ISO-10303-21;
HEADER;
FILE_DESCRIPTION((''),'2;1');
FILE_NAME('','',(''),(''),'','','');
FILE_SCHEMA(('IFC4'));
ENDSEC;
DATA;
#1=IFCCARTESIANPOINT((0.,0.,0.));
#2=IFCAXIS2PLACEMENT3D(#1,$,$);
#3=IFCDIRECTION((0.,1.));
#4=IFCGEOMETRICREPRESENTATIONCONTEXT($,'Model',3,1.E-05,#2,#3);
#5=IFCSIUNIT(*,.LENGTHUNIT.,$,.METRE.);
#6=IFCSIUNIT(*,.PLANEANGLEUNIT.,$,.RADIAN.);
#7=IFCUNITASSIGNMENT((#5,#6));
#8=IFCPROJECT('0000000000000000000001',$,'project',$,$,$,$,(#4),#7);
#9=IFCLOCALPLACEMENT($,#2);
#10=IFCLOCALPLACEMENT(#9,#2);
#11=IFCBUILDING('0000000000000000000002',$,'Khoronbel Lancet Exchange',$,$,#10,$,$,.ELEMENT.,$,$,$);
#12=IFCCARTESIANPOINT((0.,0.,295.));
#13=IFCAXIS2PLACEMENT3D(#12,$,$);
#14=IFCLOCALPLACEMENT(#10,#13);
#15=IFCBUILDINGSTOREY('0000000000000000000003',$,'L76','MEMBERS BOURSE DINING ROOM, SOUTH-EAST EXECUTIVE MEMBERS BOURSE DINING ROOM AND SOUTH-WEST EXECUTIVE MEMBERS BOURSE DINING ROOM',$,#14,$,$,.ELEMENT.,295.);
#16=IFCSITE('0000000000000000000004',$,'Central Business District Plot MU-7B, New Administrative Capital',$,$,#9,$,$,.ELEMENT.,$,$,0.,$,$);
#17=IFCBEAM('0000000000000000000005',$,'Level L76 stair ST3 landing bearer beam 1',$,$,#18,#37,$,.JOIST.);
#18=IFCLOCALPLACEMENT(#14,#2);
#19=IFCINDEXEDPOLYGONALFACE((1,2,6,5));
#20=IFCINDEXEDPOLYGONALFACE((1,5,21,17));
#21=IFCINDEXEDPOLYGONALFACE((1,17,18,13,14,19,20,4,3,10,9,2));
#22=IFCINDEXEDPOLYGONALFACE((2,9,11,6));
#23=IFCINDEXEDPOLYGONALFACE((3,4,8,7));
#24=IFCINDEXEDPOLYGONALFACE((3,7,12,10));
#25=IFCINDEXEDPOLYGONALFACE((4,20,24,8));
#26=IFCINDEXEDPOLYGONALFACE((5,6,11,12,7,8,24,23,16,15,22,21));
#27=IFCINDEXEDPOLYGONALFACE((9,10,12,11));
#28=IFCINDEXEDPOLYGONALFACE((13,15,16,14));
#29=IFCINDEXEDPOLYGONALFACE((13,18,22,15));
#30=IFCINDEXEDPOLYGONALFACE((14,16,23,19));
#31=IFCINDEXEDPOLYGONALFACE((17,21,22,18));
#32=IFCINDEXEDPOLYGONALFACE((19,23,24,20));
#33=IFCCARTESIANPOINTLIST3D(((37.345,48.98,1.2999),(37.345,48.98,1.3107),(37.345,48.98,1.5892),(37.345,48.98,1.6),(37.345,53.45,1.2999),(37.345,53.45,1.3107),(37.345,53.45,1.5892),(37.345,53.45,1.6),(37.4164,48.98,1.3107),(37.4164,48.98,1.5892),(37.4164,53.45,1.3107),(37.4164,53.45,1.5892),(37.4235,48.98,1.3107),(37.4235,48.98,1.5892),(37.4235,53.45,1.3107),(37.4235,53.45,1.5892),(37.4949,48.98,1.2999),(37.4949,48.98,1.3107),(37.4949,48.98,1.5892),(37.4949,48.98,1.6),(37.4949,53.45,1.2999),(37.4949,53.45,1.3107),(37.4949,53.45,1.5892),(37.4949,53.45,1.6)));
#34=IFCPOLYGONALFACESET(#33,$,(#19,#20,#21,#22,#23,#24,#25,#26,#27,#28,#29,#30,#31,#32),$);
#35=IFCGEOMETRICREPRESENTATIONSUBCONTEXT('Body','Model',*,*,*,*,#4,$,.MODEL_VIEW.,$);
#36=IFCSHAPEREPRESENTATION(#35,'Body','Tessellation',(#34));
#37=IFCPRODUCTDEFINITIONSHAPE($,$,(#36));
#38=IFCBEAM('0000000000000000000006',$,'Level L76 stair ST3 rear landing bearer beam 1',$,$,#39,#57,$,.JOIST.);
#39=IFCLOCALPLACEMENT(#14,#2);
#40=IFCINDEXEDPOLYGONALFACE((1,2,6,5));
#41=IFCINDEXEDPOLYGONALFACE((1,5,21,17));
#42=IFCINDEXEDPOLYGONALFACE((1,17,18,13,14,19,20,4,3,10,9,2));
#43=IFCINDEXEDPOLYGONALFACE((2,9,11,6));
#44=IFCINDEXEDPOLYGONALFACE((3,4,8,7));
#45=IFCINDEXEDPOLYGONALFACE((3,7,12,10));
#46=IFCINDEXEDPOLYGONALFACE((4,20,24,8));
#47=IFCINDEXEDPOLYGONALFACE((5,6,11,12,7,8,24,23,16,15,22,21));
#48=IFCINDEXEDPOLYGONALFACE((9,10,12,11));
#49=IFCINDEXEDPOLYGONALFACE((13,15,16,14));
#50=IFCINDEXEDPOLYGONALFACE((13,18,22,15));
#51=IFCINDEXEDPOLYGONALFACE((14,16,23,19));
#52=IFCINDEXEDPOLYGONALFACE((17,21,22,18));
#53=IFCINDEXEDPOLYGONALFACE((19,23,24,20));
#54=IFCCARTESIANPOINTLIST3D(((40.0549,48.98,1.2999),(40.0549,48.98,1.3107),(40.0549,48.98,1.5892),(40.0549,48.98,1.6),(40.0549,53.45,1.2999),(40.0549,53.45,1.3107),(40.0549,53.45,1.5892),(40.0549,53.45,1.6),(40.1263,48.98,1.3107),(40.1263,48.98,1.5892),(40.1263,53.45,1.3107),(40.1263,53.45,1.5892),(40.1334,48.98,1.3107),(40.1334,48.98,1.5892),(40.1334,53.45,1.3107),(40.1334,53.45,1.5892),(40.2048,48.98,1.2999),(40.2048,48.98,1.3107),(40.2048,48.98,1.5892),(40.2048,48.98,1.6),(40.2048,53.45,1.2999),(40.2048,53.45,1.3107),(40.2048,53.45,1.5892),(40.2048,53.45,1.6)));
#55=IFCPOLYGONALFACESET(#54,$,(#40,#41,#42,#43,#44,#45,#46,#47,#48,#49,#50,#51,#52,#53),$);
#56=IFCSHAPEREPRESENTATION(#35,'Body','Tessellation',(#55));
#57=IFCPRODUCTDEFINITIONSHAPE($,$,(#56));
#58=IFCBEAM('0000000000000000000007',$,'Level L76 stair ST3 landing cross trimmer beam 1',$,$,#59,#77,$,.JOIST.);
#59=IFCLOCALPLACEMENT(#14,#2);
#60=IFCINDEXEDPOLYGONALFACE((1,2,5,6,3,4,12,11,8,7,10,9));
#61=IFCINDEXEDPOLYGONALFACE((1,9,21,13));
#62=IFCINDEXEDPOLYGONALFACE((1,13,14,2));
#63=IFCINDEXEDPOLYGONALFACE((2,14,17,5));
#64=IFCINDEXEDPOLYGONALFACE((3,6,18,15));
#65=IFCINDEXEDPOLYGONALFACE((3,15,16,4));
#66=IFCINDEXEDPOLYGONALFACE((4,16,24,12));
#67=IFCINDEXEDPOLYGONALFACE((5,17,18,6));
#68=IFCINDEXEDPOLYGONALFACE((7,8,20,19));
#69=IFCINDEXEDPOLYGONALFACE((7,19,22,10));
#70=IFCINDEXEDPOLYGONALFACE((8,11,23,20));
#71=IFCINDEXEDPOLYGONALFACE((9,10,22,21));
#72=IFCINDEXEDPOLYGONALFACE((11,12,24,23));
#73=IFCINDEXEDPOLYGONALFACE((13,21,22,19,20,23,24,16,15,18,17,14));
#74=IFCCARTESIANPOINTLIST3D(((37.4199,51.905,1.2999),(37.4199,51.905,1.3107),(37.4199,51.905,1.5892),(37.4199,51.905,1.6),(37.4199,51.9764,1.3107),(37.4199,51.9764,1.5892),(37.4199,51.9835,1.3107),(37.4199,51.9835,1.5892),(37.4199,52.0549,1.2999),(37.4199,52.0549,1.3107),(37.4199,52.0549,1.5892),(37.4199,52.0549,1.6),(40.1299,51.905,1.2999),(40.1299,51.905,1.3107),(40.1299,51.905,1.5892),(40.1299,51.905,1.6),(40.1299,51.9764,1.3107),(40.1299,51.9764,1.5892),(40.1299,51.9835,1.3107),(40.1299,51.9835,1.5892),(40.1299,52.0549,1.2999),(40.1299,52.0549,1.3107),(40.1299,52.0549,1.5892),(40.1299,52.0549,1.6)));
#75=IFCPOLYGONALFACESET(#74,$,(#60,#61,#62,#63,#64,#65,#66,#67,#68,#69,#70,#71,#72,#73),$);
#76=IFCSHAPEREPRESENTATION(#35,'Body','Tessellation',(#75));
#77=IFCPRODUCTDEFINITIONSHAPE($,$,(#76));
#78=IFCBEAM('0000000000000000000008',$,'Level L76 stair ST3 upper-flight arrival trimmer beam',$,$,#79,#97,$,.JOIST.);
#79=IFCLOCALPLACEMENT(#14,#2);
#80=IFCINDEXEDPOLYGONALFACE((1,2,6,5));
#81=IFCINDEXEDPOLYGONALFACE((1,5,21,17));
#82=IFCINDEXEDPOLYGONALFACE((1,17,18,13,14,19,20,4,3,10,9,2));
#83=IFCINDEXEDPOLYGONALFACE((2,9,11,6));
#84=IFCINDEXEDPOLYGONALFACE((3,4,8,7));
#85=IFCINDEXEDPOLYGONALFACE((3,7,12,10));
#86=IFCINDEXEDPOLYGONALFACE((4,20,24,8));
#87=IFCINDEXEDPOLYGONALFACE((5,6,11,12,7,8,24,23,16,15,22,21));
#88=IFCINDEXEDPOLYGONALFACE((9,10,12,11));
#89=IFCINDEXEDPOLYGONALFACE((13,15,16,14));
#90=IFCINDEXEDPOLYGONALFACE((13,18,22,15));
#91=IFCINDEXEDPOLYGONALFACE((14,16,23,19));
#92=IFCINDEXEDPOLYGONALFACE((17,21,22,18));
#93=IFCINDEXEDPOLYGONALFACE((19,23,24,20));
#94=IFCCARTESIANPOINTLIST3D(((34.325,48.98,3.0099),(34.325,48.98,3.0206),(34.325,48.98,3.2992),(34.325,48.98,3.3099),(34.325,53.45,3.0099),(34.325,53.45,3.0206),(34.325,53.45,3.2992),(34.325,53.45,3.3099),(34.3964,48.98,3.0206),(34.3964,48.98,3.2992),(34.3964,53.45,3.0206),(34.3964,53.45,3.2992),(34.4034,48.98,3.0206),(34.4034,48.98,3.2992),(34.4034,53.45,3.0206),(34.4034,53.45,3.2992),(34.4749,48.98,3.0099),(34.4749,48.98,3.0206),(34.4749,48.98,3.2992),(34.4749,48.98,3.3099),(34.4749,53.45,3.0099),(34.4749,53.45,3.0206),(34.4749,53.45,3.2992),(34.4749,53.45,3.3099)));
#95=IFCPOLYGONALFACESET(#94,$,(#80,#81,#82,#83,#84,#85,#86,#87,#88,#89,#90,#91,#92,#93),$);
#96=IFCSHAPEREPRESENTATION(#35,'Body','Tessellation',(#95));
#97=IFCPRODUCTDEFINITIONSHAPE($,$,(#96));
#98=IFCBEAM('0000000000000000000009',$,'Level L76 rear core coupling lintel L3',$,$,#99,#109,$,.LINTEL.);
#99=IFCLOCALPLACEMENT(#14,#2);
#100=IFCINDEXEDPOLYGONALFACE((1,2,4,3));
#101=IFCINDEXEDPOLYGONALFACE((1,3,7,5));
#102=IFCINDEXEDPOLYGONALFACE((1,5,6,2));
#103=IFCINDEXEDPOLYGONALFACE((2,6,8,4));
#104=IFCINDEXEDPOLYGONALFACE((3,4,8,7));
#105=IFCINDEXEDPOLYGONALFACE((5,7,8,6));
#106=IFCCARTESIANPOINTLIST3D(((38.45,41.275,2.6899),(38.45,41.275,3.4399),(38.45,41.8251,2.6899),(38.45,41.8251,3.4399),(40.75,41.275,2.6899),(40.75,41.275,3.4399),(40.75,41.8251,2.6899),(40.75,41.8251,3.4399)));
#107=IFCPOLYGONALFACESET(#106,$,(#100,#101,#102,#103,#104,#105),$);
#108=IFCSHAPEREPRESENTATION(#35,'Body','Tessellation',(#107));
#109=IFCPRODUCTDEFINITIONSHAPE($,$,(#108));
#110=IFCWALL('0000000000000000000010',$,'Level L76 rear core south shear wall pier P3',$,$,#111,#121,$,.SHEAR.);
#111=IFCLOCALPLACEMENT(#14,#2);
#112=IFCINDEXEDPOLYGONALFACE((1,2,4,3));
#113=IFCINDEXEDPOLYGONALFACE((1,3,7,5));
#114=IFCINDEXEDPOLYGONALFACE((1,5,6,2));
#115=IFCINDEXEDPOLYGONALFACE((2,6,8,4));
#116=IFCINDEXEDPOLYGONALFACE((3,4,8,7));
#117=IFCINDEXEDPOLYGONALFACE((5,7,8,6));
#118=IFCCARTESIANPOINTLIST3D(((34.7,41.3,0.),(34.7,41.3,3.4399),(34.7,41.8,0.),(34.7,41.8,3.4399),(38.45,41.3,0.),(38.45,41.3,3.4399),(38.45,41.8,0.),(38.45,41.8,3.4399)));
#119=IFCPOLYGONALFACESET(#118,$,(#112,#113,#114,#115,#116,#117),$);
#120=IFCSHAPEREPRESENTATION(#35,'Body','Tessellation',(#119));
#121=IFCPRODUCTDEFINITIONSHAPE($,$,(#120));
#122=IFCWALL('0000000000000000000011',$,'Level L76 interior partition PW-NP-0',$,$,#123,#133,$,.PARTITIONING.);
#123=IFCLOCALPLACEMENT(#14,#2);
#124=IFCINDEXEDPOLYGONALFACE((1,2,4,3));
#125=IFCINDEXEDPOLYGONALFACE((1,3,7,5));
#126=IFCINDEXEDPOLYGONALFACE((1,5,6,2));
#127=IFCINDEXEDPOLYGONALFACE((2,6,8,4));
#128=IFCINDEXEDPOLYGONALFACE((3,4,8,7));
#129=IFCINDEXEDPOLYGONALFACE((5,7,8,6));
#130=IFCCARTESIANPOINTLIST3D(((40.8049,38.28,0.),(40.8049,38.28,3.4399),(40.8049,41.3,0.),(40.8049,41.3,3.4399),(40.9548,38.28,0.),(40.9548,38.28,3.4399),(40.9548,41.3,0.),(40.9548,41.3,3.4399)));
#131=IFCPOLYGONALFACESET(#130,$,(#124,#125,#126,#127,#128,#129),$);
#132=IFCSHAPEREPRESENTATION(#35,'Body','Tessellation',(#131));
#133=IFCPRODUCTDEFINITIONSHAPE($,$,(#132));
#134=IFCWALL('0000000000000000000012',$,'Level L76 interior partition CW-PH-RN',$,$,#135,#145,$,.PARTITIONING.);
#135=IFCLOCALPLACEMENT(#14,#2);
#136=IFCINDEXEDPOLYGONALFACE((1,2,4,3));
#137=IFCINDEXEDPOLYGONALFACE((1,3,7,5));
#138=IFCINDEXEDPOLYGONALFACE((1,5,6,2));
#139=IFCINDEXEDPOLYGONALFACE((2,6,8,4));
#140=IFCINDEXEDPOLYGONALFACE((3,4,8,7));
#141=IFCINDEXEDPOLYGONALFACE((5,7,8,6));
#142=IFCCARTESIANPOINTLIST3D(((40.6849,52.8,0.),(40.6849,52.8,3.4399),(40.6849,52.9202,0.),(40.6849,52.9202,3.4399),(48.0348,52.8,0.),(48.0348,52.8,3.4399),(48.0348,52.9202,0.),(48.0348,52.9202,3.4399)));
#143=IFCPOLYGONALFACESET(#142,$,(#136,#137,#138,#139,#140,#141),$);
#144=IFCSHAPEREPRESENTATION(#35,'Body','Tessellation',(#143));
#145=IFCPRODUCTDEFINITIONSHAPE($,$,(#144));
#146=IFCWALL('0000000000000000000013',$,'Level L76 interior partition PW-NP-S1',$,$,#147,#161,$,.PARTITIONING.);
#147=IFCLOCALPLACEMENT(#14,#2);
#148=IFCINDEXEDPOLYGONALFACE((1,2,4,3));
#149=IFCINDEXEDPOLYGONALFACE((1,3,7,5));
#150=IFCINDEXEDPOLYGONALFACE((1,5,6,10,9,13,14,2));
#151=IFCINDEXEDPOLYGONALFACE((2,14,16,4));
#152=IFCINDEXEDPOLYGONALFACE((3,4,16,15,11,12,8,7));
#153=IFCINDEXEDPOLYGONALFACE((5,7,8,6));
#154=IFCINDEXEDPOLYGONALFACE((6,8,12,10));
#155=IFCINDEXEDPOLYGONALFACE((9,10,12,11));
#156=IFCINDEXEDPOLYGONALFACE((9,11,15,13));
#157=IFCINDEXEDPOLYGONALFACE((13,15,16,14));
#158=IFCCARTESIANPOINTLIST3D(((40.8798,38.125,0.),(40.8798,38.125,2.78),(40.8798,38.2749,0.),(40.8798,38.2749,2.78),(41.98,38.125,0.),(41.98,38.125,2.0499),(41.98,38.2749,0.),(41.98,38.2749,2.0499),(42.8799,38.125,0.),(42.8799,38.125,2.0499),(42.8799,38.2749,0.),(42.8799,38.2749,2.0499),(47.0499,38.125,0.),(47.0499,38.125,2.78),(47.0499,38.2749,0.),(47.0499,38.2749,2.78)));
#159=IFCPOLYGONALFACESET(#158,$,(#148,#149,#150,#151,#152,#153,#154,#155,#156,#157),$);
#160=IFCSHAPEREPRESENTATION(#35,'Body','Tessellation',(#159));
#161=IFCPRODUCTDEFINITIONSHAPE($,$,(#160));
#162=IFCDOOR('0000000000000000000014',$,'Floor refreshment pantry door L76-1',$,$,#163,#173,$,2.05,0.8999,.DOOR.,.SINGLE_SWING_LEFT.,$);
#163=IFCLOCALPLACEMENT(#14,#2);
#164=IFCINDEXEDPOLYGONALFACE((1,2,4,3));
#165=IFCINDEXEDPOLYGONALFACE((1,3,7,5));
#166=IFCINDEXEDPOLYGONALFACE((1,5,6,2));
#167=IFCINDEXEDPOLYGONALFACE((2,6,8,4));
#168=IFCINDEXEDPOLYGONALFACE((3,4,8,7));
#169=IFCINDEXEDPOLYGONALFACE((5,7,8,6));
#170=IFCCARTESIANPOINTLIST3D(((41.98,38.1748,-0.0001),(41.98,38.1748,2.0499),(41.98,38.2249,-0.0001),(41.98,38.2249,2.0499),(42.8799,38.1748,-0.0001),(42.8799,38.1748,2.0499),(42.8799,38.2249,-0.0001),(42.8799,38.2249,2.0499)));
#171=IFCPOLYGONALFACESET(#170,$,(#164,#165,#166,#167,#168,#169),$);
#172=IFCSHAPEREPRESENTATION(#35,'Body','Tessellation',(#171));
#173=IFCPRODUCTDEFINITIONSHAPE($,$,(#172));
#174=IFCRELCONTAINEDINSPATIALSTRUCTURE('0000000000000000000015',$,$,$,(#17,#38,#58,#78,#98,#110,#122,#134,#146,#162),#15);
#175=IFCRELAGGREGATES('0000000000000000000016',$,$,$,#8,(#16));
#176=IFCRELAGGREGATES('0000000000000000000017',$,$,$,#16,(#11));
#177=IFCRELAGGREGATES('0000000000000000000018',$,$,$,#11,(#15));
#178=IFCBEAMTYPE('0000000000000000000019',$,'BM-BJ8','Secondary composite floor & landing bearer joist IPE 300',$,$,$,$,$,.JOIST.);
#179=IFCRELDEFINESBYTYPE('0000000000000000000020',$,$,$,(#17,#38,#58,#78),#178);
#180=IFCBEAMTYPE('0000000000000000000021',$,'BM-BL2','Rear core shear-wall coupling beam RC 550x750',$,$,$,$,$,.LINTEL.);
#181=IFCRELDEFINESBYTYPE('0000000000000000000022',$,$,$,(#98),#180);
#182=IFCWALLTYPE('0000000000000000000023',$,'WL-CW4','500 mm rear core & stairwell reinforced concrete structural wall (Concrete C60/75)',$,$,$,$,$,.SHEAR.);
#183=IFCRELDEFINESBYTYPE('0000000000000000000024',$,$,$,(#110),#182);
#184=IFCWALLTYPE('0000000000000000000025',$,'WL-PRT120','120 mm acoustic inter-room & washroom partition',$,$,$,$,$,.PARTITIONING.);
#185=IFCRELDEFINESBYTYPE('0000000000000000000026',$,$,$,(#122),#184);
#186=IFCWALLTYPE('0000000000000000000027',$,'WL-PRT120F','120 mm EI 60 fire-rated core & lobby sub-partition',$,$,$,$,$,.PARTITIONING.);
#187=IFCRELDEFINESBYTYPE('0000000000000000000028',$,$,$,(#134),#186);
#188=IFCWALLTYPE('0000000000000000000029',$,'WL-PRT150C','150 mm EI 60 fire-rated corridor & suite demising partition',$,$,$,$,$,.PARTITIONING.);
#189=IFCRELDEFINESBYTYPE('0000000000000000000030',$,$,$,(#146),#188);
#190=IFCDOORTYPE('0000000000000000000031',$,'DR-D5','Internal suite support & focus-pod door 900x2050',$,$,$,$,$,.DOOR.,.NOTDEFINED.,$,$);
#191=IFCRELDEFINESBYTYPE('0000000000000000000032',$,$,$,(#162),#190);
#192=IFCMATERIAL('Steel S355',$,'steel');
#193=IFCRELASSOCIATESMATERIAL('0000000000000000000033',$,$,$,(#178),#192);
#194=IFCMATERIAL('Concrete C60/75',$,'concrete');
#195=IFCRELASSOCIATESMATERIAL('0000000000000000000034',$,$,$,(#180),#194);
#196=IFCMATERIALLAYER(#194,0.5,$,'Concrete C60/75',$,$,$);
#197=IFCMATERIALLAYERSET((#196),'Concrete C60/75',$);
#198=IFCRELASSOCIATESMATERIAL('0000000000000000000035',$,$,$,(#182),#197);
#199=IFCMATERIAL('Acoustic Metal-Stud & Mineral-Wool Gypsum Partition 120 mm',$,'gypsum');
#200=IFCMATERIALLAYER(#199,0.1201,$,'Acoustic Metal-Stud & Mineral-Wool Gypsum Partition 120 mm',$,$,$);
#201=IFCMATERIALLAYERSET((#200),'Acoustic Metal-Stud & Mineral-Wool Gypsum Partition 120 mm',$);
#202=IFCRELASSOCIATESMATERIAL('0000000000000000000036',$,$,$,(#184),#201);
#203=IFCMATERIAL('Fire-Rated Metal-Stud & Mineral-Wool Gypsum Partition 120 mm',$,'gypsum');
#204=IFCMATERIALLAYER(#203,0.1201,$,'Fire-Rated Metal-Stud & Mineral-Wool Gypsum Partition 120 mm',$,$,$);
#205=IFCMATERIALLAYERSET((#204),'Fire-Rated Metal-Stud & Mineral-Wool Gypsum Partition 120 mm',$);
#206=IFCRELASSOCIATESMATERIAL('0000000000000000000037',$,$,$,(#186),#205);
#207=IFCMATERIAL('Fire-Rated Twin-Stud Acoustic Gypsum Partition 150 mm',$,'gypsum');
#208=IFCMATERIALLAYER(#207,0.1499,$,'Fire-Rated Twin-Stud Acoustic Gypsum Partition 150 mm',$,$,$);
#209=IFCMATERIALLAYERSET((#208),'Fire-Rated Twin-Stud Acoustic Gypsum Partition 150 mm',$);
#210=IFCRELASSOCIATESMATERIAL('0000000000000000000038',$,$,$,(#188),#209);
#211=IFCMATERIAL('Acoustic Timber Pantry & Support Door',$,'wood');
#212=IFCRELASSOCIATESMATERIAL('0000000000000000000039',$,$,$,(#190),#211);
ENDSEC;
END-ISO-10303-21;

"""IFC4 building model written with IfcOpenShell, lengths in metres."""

from ifc_helpers import new_model, si_unit, direction, frame, frame_2d, origin, origin_2d, place, context, subcontext, project, spatial, rectangle, i_section, extrude, material, layer, layer_set, material_profile, profile_set, type_object, element, fill, save


model = new_model("IFC4")

# Units and contexts
model_context = context("Model", 3, precision=1e-05, world=origin(), true_north=direction((0.0, 1.0)))
body_context = subcontext(model_context, "Body", "Model", "MODEL_VIEW")
ifc_project = project(units=[si_unit("LENGTHUNIT", "METRE"), si_unit("PLANEANGLEUNIT", "RADIAN")], contexts=[model_context])

# Site, building, storey
site_placement = place(None, origin())
site = spatial("IfcSite", under=ifc_project, at=site_placement, Name="Central Business District Plot MU-7B, New Administrative Capital", CompositionType="ELEMENT", RefElevation=0.0)
building_placement = place(site_placement, origin())
building = spatial("IfcBuilding", under=site, at=building_placement, Name="Khoronbel Lancet Exchange", CompositionType="ELEMENT")
storey_placement = place(building_placement, frame((0.0, 0.0, 295.0)))
storey = spatial("IfcBuildingStorey", under=building, at=storey_placement, Name="L76", Description="MEMBERS BOURSE DINING ROOM, SOUTH-EAST EXECUTIVE MEMBERS BOURSE DINING ROOM AND SOUTH-WEST EXECUTIVE MEMBERS BOURSE DINING ROOM", CompositionType="ELEMENT", Elevation=295.0)

# Beams
ifc_material_1 = material(Name="Steel S355", Category="steel")
ifc_material_profile_1 = material_profile(ifc_material_1, i_section(OverallWidth=0.1499, OverallDepth=0.3, WebThickness=0.0071, FlangeThickness=0.0107, at=origin_2d()), Name="IPE 300")
ifc_profile_set_1 = profile_set([ifc_material_profile_1], Name="Steel S355")
beam_type_1 = type_object("IfcBeamType", Name="BM-BJ8", Description="Secondary composite floor & landing bearer joist IPE 300", PredefinedType="JOIST", material=ifc_profile_set_1)
for number, where, z_axis, x_axis, name in (
    (1, (37.4199, 48.98, 1.45), (0.0, 1.0, 0.0), (-1.0, 0.0, 0.0), "Level L76 stair ST3 landing bearer beam 1"),
    (2, (40.1299, 48.98, 1.45), (0.0, 1.0, 0.0), (-1.0, 0.0, 0.0), "Level L76 stair ST3 rear landing bearer beam 1"),
):
    element("IfcBeam", number, at=place(storey_placement, frame(where, z_axis=z_axis, x_axis=x_axis)), inside=storey, type_object=beam_type_1, Name=name, PredefinedType="JOIST", context=body_context, shape_type="SweptSolid", body=[
        extrude(i_section(OverallWidth=0.1499, OverallDepth=0.3, WebThickness=0.0071, FlangeThickness=0.0107, at=origin_2d()), origin(), (0.0, 0.0, 1.0), 4.47),
    ])
beam_1_placement = place(storey_placement, frame((37.4199, 51.98, 1.45), z_axis=(1.0, 0.0, 0.0), x_axis=(0.0, 1.0, 0.0)))
element("IfcBeam", 3, at=beam_1_placement, inside=storey, type_object=beam_type_1, Name="Level L76 stair ST3 landing cross trimmer beam 1", PredefinedType="JOIST", context=body_context, shape_type="SweptSolid", body=[
    extrude(i_section(OverallWidth=0.1499, OverallDepth=0.3, WebThickness=0.0071, FlangeThickness=0.0107, at=origin_2d()), origin(), (0.0, 0.0, 1.0), 2.71),
])
beam_2_placement = place(storey_placement, frame((34.3999, 48.98, 3.1599), z_axis=(0.0, 1.0, 0.0), x_axis=(-1.0, 0.0, 0.0)))
element("IfcBeam", 4, at=beam_2_placement, inside=storey, type_object=beam_type_1, Name="Level L76 stair ST3 upper-flight arrival trimmer beam", PredefinedType="JOIST", context=body_context, shape_type="SweptSolid", body=[
    extrude(i_section(OverallWidth=0.1499, OverallDepth=0.3, WebThickness=0.0071, FlangeThickness=0.0107, at=origin_2d()), origin(), (0.0, 0.0, 1.0), 4.47),
])
ifc_material_2 = material(Name="Concrete C60/75", Category="concrete")
ifc_material_profile_2 = material_profile(ifc_material_2, rectangle(XDim=0.55, YDim=0.75, at=origin_2d()), Name="RC 550x750")
ifc_profile_set_2 = profile_set([ifc_material_profile_2], Name="Concrete C60/75")
beam_type_2 = type_object("IfcBeamType", Name="BM-BL2", Description="Rear core shear-wall coupling beam RC 550x750", PredefinedType="LINTEL", material=ifc_profile_set_2)
beam_3_placement = place(storey_placement, frame((38.45, 41.55, 3.0649), z_axis=(1.0, 0.0, 0.0), x_axis=(0.0, 1.0, 0.0)))
element("IfcBeam", 5, at=beam_3_placement, inside=storey, type_object=beam_type_2, Name="Level L76 rear core coupling lintel L3", PredefinedType="LINTEL", context=body_context, shape_type="SweptSolid", body=[
    extrude(rectangle(XDim=0.55, YDim=0.75, at=origin_2d()), origin(), (0.0, 0.0, 1.0), 2.3),
])

# Walls
ifc_layer_1 = layer(ifc_material_2, 0.5, Name="Concrete C60/75")
ifc_layer_set_1 = layer_set([ifc_layer_1], Name="Concrete C60/75")
wall_type_1 = type_object("IfcWallType", Name="WL-CW4", Description="500 mm rear core & stairwell reinforced concrete structural wall (Concrete C60/75)", PredefinedType="SHEAR", material=ifc_layer_set_1)
wall_1_placement = place(storey_placement, frame((38.45, 41.55, 0.0), z_axis=(0.0, 0.0, 1.0), x_axis=(-1.0, 0.0, 0.0)))
element("IfcWall", 6, at=wall_1_placement, inside=storey, type_object=wall_type_1, Name="Level L76 rear core south shear wall pier P3", PredefinedType="SHEAR", context=body_context, shape_type="SweptSolid", body=[
    extrude(rectangle(XDim=3.75, YDim=0.5, at=frame_2d((1.875, 0.0))), origin(), (0.0, 0.0, 1.0), 3.4399),
])
ifc_material_3 = material(Name="Acoustic Metal-Stud & Mineral-Wool Gypsum Partition 120 mm", Category="gypsum")
ifc_layer_2 = layer(ifc_material_3, 0.1201, Name="Acoustic Metal-Stud & Mineral-Wool Gypsum Partition 120 mm")
ifc_layer_set_2 = layer_set([ifc_layer_2], Name="Acoustic Metal-Stud & Mineral-Wool Gypsum Partition 120 mm")
wall_type_2 = type_object("IfcWallType", Name="WL-PRT120", Description="120 mm acoustic inter-room & washroom partition", PredefinedType="PARTITIONING", material=ifc_layer_set_2)
wall_2_placement = place(storey_placement, frame((40.8799, 38.28, 0.0), z_axis=(0.0, 0.0, 1.0), x_axis=(0.0, 1.0, 0.0)))
element("IfcWall", 7, at=wall_2_placement, inside=storey, type_object=wall_type_2, Name="Level L76 interior partition PW-NP-0", PredefinedType="PARTITIONING", context=body_context, shape_type="SweptSolid", body=[
    extrude(rectangle(XDim=3.02, YDim=0.1499, at=frame_2d((1.51, 0.0))), origin(), (0.0, 0.0, 1.0), 3.4399),
])
ifc_material_4 = material(Name="Fire-Rated Metal-Stud & Mineral-Wool Gypsum Partition 120 mm", Category="gypsum")
ifc_layer_3 = layer(ifc_material_4, 0.1201, Name="Fire-Rated Metal-Stud & Mineral-Wool Gypsum Partition 120 mm")
ifc_layer_set_3 = layer_set([ifc_layer_3], Name="Fire-Rated Metal-Stud & Mineral-Wool Gypsum Partition 120 mm")
wall_type_3 = type_object("IfcWallType", Name="WL-PRT120F", Description="120 mm EI 60 fire-rated core & lobby sub-partition", PredefinedType="PARTITIONING", material=ifc_layer_set_3)
wall_3_placement = place(storey_placement, frame((40.6851, 52.8601, 0.0), z_axis=(0.0, 0.0, 1.0), x_axis=(1.0, 0.0, 0.0)))
element("IfcWall", 8, at=wall_3_placement, inside=storey, type_object=wall_type_3, Name="Level L76 interior partition CW-PH-RN", PredefinedType="PARTITIONING", context=body_context, shape_type="SweptSolid", body=[
    extrude(rectangle(XDim=7.3499, YDim=0.1201, at=frame_2d((3.6748, 0.0))), origin(), (0.0, 0.0, 1.0), 3.4399),
])

# Wall, opening, door
ifc_material_5 = material(Name="Fire-Rated Twin-Stud Acoustic Gypsum Partition 150 mm", Category="gypsum")
ifc_layer_4 = layer(ifc_material_5, 0.1499, Name="Fire-Rated Twin-Stud Acoustic Gypsum Partition 150 mm")
ifc_layer_set_4 = layer_set([ifc_layer_4], Name="Fire-Rated Twin-Stud Acoustic Gypsum Partition 150 mm")
wall_type_4 = type_object("IfcWallType", Name="WL-PRT150C", Description="150 mm EI 60 fire-rated corridor & suite demising partition", PredefinedType="PARTITIONING", material=ifc_layer_set_4)
wall_4_placement = place(storey_placement, frame((40.8799, 38.2, 0.0), z_axis=(0.0, 0.0, 1.0), x_axis=(1.0, 0.0, 0.0)))
wall_4 = element("IfcWall", 9, at=wall_4_placement, inside=storey, type_object=wall_type_4, Name="Level L76 interior partition PW-NP-S1", PredefinedType="PARTITIONING", context=body_context, shape_type="SweptSolid", body=[
    extrude(rectangle(XDim=6.1702, YDim=0.1499, at=frame_2d((3.085, 0.0))), origin(), (0.0, 0.0, 1.0), 2.78),
])
opening_1_placement = place(wall_4_placement, frame((1.1001, 0.0, 0.0)))
opening_1 = element("IfcOpeningElement", 10, at=opening_1_placement, cuts=wall_4, PredefinedType="OPENING", context=body_context, shape_type="SweptSolid", body=[
    extrude(rectangle(XDim=0.8999, YDim=2.05, at=frame_2d((0.45, 1.0249))), frame((0.0, 0.085, 0.0), z_axis=(0.0, -1.0, 0.0), x_axis=(1.0, 0.0, 0.0)), (0.0, 0.0, 1.0), 0.1699),
])
ifc_material_6 = material(Name="Acoustic Timber Pantry & Support Door", Category="wood")
door_type_1 = type_object("IfcDoorType", Name="DR-D5", Description="Internal suite support & focus-pod door 900x2050", OperationType="NOTDEFINED", PredefinedType="DOOR", material=ifc_material_6)
door_1_placement = place(opening_1_placement, origin())
door_1 = element("IfcDoor", 11, at=door_1_placement, inside=storey, type_object=door_type_1, Name="Floor refreshment pantry door L76-1", OperationType="SINGLE_SWING_LEFT", OverallHeight=2.05, OverallWidth=0.8999, PredefinedType="DOOR", context=body_context, shape_type="SweptSolid", body=[
    extrude(rectangle(XDim=0.8999, YDim=2.05, at=frame_2d((0.45, 1.0249))), frame((0.0, 0.0249, 0.0), z_axis=(0.0, -1.0, 0.0), x_axis=(1.0, 0.0, 0.0)), (0.0, 0.0, 1.0), 0.05),
])
fill(opening_1, door_1)

save(model, "model.ifc")
